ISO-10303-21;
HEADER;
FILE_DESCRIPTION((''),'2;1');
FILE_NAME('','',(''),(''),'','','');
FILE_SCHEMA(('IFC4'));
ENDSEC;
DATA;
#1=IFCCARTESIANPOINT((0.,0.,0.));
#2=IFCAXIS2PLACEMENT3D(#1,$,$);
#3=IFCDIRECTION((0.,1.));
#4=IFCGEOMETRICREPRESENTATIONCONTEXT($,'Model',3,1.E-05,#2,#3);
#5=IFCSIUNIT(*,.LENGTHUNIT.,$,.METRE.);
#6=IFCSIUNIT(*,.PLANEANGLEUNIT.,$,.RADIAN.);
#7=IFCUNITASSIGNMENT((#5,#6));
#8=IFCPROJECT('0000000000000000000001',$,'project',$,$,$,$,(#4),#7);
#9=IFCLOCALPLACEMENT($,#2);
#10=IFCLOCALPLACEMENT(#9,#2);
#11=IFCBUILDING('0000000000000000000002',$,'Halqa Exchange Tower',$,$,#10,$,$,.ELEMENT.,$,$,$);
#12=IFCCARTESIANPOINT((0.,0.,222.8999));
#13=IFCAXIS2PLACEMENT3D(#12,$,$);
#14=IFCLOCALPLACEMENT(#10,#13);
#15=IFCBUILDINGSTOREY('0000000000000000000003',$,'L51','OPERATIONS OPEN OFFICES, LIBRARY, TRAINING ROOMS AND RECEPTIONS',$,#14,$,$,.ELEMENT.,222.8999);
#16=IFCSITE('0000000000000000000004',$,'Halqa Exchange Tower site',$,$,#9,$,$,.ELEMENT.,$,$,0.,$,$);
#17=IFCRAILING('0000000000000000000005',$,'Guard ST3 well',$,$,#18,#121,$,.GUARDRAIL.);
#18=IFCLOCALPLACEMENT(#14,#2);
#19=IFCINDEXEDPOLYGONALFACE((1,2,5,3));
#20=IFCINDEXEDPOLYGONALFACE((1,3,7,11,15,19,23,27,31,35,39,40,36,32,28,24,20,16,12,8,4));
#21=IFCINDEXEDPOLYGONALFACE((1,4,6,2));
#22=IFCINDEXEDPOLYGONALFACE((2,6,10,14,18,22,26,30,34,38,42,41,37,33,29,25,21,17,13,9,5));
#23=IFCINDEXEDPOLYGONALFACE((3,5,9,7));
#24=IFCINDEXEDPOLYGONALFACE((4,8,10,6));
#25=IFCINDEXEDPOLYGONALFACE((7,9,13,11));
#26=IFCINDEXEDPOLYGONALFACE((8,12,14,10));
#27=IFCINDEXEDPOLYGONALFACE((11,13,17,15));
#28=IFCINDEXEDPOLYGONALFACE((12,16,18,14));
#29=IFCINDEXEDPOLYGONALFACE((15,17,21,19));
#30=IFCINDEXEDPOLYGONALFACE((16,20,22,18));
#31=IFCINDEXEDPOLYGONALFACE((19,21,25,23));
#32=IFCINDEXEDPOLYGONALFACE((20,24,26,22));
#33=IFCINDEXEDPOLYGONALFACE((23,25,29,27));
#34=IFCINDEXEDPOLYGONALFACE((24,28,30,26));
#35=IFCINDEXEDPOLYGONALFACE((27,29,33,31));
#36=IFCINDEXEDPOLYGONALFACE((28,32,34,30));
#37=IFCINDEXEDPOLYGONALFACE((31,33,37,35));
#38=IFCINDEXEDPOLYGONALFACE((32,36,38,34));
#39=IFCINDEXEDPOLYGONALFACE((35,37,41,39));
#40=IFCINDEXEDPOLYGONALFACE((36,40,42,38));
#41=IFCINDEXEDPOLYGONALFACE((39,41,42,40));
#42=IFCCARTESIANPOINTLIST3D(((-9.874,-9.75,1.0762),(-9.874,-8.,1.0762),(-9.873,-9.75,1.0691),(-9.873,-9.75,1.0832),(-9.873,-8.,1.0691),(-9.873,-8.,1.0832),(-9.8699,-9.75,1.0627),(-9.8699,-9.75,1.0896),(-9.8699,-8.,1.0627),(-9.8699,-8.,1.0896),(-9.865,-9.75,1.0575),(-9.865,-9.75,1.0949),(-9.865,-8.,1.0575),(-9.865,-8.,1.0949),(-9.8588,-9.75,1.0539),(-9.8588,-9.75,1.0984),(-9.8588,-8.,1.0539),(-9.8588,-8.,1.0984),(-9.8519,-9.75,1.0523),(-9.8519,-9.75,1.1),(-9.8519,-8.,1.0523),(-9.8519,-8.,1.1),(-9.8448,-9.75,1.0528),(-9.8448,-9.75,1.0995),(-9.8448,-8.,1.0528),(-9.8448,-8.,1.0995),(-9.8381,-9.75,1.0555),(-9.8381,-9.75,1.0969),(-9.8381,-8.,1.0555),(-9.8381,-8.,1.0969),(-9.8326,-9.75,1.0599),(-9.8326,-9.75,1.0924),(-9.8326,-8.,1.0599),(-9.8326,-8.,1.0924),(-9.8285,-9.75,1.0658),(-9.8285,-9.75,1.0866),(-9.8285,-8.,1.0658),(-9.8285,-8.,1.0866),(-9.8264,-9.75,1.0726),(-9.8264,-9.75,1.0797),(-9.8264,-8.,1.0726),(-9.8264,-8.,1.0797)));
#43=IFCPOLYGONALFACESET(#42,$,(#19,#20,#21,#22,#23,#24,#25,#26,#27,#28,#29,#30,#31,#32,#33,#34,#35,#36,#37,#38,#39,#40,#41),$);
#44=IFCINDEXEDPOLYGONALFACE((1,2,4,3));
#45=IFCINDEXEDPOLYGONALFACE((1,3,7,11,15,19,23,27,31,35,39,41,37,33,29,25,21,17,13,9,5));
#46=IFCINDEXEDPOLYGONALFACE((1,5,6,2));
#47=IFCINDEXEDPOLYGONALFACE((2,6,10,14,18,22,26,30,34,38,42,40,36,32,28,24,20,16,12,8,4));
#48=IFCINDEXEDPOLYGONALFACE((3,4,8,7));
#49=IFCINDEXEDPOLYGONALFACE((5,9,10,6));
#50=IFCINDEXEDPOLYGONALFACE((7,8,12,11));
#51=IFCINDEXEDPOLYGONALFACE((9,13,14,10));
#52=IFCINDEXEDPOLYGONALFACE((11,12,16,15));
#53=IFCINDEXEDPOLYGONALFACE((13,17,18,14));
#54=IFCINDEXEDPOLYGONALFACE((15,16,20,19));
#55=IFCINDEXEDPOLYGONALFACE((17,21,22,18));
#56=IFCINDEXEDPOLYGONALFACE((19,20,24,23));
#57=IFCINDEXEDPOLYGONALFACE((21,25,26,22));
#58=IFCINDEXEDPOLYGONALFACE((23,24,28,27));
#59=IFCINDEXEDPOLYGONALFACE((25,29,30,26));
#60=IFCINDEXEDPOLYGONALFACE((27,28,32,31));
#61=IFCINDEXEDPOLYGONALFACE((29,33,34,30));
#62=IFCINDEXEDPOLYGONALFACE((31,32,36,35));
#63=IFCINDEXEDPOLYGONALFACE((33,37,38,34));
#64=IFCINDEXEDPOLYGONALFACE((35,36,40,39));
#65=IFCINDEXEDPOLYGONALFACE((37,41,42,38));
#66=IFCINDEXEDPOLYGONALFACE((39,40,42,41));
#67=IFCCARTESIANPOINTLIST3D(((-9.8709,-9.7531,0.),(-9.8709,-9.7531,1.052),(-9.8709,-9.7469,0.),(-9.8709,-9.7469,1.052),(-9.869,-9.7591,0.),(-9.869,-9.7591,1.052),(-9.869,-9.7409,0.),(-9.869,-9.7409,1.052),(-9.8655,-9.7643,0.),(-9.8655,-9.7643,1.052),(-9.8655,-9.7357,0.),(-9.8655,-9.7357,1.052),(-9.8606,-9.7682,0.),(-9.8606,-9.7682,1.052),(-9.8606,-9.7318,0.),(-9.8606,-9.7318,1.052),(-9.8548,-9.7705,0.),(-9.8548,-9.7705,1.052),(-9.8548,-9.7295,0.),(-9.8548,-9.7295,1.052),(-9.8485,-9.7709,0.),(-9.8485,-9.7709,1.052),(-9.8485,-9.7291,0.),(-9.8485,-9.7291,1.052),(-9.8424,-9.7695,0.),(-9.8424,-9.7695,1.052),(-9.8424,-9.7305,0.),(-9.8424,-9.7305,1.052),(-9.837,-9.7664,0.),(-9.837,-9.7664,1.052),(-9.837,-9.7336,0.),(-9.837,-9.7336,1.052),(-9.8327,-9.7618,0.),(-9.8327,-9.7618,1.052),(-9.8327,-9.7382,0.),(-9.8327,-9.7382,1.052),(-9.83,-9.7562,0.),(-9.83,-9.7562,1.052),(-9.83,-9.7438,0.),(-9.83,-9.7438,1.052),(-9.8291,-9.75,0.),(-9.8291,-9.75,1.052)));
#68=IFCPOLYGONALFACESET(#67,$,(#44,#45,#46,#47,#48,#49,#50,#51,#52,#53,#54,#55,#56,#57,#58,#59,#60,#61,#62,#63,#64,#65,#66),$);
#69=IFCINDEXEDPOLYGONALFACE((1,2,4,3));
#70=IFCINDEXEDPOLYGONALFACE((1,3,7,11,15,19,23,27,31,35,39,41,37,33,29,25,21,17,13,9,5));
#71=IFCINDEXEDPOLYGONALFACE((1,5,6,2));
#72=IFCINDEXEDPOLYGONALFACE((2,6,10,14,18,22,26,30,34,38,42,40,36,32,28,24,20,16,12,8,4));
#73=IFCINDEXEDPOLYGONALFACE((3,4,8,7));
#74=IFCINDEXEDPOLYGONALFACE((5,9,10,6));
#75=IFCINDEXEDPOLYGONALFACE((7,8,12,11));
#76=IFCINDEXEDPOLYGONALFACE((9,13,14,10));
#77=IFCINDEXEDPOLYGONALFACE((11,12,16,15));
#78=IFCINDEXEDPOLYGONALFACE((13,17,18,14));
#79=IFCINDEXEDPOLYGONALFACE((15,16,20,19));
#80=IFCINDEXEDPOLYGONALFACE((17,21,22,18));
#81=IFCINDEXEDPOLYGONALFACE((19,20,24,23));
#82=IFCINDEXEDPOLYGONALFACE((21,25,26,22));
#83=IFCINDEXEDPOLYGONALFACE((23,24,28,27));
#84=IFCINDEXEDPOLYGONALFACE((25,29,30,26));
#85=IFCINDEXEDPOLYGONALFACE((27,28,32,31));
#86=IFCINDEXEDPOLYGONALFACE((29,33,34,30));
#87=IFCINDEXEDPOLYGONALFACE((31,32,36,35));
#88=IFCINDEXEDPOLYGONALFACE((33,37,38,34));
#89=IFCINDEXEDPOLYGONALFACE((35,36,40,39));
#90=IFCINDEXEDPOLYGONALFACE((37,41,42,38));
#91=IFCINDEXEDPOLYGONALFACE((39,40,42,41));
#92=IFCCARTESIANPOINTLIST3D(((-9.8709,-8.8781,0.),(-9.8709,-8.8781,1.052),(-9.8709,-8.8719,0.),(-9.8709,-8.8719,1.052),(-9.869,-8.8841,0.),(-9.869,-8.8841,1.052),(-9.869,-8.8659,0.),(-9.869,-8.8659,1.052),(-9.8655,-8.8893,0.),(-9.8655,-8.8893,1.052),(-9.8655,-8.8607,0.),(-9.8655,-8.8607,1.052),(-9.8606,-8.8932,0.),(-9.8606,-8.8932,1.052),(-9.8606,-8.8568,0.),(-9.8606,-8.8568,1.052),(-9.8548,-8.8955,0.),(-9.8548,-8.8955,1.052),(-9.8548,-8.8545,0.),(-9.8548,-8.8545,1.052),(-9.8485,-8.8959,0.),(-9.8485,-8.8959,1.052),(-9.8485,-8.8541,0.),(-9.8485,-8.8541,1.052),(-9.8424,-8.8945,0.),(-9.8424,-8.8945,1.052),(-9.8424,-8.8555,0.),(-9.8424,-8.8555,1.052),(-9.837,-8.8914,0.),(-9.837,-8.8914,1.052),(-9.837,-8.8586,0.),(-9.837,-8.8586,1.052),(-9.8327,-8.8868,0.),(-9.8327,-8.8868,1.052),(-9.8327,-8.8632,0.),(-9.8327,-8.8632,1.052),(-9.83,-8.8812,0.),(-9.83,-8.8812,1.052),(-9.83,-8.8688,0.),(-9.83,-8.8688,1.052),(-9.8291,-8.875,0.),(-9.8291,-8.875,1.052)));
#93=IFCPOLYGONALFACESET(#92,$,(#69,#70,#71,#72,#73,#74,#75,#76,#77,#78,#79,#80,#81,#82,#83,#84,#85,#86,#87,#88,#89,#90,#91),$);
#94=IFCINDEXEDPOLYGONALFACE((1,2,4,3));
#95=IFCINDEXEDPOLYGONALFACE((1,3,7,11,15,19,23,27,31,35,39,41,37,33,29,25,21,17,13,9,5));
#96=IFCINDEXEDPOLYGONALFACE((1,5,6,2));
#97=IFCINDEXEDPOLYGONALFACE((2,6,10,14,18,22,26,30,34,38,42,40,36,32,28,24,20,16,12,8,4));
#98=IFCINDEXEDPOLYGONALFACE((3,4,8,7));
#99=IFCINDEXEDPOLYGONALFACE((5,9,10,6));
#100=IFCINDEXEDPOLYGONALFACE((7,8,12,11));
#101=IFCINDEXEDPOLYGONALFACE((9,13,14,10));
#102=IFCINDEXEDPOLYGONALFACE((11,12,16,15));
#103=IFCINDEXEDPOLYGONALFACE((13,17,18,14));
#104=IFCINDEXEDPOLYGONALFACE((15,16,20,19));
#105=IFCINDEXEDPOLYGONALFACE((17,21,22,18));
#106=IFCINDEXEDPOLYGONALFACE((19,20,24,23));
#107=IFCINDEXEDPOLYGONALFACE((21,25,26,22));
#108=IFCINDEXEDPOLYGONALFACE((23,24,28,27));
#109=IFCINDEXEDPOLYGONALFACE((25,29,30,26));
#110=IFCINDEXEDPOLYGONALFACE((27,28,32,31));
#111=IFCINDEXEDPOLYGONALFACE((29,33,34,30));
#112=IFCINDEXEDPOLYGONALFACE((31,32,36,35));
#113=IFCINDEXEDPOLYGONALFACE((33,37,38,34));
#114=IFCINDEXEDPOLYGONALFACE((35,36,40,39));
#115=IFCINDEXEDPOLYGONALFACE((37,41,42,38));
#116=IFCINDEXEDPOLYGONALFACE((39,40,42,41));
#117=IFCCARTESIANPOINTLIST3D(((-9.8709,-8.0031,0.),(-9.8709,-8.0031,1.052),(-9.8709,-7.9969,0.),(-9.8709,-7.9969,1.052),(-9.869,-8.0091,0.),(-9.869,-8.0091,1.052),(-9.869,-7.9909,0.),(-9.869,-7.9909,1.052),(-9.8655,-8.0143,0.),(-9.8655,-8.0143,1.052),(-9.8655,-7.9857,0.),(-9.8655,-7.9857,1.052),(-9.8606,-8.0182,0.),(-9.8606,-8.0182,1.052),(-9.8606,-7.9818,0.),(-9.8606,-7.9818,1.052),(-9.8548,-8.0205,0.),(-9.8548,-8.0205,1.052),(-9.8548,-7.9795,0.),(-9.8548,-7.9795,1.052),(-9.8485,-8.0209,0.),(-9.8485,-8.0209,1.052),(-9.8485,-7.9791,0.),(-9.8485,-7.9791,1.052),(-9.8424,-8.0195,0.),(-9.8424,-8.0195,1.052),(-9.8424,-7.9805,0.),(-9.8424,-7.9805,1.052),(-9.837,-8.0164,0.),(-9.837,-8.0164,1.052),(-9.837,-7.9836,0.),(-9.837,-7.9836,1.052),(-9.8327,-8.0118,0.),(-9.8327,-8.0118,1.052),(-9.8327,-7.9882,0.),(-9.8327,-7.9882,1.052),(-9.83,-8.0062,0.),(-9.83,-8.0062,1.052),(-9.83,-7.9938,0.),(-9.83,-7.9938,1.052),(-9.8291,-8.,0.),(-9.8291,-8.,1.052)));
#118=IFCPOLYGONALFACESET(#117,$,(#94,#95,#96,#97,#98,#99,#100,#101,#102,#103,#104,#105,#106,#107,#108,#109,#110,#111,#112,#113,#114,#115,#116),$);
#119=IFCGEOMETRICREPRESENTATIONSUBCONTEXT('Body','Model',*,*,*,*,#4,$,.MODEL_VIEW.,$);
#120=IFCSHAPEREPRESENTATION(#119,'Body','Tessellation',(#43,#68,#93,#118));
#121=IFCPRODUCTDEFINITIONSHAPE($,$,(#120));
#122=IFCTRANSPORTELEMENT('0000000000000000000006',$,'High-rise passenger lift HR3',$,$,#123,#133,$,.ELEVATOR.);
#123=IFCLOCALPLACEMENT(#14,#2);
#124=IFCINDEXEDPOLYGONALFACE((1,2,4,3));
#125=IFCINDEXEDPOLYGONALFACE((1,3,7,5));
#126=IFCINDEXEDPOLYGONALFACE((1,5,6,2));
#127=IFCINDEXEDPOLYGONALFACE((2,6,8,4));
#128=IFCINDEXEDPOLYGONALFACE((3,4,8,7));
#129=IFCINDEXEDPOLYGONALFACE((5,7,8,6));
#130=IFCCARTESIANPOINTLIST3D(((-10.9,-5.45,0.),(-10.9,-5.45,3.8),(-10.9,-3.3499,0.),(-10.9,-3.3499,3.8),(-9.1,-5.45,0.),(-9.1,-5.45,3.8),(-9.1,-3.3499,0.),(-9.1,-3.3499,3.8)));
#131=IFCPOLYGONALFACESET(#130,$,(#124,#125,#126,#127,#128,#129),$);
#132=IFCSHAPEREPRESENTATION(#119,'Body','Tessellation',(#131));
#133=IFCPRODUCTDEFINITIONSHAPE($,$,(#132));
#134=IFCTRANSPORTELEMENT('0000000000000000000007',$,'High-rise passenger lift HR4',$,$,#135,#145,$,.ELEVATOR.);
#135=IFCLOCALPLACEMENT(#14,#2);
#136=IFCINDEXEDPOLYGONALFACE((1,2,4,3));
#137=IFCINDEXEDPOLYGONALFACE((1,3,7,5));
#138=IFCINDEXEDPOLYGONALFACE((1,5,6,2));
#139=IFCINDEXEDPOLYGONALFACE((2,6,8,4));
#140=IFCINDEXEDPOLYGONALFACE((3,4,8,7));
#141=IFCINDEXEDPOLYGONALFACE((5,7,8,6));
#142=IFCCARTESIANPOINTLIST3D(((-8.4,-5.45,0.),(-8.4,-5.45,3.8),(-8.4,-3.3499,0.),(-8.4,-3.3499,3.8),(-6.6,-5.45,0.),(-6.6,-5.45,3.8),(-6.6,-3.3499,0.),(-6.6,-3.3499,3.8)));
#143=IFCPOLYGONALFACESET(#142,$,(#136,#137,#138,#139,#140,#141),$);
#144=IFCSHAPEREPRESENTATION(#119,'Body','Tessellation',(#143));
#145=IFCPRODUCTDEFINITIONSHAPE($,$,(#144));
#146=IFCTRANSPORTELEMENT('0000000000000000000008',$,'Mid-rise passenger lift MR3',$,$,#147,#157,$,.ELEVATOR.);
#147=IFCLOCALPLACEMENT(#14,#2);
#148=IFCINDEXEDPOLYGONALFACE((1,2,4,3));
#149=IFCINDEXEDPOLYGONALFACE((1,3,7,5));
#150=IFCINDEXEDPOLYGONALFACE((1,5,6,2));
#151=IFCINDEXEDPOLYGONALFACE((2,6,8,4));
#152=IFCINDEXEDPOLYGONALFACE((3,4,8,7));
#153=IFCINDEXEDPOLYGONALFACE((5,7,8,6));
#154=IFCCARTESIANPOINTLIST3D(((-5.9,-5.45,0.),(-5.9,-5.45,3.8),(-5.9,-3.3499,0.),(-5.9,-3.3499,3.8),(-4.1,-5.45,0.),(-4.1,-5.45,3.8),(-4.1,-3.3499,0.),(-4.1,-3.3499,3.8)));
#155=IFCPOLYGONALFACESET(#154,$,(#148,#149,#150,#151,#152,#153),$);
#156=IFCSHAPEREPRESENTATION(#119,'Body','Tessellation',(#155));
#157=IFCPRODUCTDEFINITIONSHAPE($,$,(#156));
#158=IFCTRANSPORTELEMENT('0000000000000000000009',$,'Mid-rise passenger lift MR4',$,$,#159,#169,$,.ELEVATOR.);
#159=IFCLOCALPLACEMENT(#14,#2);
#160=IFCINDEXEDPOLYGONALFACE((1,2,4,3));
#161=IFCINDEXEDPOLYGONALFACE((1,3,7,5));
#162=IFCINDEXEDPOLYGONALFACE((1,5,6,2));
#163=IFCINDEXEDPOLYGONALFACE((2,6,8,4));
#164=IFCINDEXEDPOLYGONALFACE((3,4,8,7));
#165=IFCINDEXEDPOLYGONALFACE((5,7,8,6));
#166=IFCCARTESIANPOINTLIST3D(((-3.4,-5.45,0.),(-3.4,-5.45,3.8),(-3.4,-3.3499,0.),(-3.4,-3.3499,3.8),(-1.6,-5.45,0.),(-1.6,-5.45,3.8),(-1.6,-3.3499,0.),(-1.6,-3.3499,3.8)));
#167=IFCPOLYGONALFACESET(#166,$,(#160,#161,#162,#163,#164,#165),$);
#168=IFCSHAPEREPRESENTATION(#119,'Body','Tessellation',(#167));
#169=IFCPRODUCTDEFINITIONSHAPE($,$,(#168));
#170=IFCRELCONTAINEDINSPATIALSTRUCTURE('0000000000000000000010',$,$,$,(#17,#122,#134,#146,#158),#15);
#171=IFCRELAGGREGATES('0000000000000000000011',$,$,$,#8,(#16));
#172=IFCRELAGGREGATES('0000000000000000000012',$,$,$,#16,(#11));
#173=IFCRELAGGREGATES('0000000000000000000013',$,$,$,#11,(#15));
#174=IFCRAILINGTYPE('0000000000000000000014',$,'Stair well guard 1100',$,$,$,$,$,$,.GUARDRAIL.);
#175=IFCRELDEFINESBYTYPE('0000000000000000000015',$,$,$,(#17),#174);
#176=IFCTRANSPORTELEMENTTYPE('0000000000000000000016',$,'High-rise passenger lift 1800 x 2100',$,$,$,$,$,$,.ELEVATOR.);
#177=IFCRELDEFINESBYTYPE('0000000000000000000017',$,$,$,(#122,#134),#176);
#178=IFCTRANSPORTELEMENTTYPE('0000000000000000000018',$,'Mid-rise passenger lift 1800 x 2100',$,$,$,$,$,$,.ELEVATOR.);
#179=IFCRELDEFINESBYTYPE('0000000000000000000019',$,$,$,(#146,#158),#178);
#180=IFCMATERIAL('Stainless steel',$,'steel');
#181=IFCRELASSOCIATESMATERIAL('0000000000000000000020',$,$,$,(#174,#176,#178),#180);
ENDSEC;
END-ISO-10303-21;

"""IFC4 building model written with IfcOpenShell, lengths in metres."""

from ifc_helpers import new_model, si_unit, direction, frame, origin, origin_2d, place, context, subcontext, project, spatial, rectangle, circle, extrude, material, type_object, element, save


model = new_model("IFC4")

# Units and contexts
model_context = context("Model", 3, precision=1e-05, world=origin(), true_north=direction((0.0, 1.0)))
body_context = subcontext(model_context, "Body", "Model", "MODEL_VIEW")
ifc_project = project(units=[si_unit("LENGTHUNIT", "METRE"), si_unit("PLANEANGLEUNIT", "RADIAN")], contexts=[model_context])

# Site, building, storey
site_placement = place(None, origin())
site = spatial("IfcSite", under=ifc_project, at=site_placement, Name="Halqa Exchange Tower site", CompositionType="ELEMENT", RefElevation=0.0)
building_placement = place(site_placement, origin())
building = spatial("IfcBuilding", under=site, at=building_placement, Name="Halqa Exchange Tower", CompositionType="ELEMENT")
storey_placement = place(building_placement, frame((0.0, 0.0, 222.8999)))
storey = spatial("IfcBuildingStorey", under=building, at=storey_placement, Name="L51", Description="OPERATIONS OPEN OFFICES, LIBRARY, TRAINING ROOMS AND RECEPTIONS", CompositionType="ELEMENT", Elevation=222.8999)

# Shared definitions
ifc_material_1 = material(Name="Stainless steel", Category="steel")

# Railing
railing_type_1 = type_object("IfcRailingType", Name="Stair well guard 1100", PredefinedType="GUARDRAIL", material=ifc_material_1)
railing_1_placement = place(storey_placement, frame((-9.8501, -9.75, 0.0)))
element("IfcRailing", 1, at=railing_1_placement, inside=storey, type_object=railing_type_1, Name="Guard ST3 well", PredefinedType="GUARDRAIL", context=body_context, shape_type="SweptSolid", body=[
    extrude(circle(Radius=0.0239, at=origin_2d()), frame((0.0, 0.0, 1.0762), z_axis=(0.0, 1.0, 0.0), x_axis=(-1.0, 0.0, 0.0)), (0.0, 0.0, 1.0), 1.75),
    extrude(circle(Radius=0.021, at=origin_2d()), origin(), (0.0, 0.0, 1.0), 1.052),
    extrude(circle(Radius=0.021, at=origin_2d()), frame((0.0, 0.875, 0.0)), (0.0, 0.0, 1.0), 1.052),
    extrude(circle(Radius=0.021, at=origin_2d()), frame((0.0, 1.75, 0.0)), (0.0, 0.0, 1.0), 1.052),
])

# Transport elements
transport_element_type_1 = type_object("IfcTransportElementType", Name="High-rise passenger lift 1800 x 2100", PredefinedType="ELEVATOR", material=ifc_material_1)
for number, where, z_axis, x_axis, name in (
    (2, (-10.0, -4.3999, 0.0), (0.0, 0.0, 1.0), (1.0, 0.0, 0.0), "High-rise passenger lift HR3"),
    (3, (-7.5, -4.3999, 0.0), (0.0, 0.0, 1.0), (1.0, 0.0, 0.0), "High-rise passenger lift HR4"),
):
    element("IfcTransportElement", number, at=place(storey_placement, frame(where, z_axis=z_axis, x_axis=x_axis)), inside=storey, type_object=transport_element_type_1, Name=name, PredefinedType="ELEVATOR", context=body_context, shape_type="SweptSolid", body=[
        extrude(rectangle(XDim=1.8, YDim=2.1001, at=origin_2d()), origin(), (0.0, 0.0, 1.0), 3.8),
    ])
transport_element_type_2 = type_object("IfcTransportElementType", Name="Mid-rise passenger lift 1800 x 2100", PredefinedType="ELEVATOR", material=ifc_material_1)
for number, where, z_axis, x_axis, name in (
    (4, (-5.0, -4.3999, 0.0), (0.0, 0.0, 1.0), (1.0, 0.0, 0.0), "Mid-rise passenger lift MR3"),
    (5, (-2.5, -4.3999, 0.0), (0.0, 0.0, 1.0), (1.0, 0.0, 0.0), "Mid-rise passenger lift MR4"),
):
    element("IfcTransportElement", number, at=place(storey_placement, frame(where, z_axis=z_axis, x_axis=x_axis)), inside=storey, type_object=transport_element_type_2, Name=name, PredefinedType="ELEVATOR", context=body_context, shape_type="SweptSolid", body=[
        extrude(rectangle(XDim=1.8, YDim=2.1001, at=origin_2d()), origin(), (0.0, 0.0, 1.0), 3.8),
    ])

save(model, "model.ifc")
